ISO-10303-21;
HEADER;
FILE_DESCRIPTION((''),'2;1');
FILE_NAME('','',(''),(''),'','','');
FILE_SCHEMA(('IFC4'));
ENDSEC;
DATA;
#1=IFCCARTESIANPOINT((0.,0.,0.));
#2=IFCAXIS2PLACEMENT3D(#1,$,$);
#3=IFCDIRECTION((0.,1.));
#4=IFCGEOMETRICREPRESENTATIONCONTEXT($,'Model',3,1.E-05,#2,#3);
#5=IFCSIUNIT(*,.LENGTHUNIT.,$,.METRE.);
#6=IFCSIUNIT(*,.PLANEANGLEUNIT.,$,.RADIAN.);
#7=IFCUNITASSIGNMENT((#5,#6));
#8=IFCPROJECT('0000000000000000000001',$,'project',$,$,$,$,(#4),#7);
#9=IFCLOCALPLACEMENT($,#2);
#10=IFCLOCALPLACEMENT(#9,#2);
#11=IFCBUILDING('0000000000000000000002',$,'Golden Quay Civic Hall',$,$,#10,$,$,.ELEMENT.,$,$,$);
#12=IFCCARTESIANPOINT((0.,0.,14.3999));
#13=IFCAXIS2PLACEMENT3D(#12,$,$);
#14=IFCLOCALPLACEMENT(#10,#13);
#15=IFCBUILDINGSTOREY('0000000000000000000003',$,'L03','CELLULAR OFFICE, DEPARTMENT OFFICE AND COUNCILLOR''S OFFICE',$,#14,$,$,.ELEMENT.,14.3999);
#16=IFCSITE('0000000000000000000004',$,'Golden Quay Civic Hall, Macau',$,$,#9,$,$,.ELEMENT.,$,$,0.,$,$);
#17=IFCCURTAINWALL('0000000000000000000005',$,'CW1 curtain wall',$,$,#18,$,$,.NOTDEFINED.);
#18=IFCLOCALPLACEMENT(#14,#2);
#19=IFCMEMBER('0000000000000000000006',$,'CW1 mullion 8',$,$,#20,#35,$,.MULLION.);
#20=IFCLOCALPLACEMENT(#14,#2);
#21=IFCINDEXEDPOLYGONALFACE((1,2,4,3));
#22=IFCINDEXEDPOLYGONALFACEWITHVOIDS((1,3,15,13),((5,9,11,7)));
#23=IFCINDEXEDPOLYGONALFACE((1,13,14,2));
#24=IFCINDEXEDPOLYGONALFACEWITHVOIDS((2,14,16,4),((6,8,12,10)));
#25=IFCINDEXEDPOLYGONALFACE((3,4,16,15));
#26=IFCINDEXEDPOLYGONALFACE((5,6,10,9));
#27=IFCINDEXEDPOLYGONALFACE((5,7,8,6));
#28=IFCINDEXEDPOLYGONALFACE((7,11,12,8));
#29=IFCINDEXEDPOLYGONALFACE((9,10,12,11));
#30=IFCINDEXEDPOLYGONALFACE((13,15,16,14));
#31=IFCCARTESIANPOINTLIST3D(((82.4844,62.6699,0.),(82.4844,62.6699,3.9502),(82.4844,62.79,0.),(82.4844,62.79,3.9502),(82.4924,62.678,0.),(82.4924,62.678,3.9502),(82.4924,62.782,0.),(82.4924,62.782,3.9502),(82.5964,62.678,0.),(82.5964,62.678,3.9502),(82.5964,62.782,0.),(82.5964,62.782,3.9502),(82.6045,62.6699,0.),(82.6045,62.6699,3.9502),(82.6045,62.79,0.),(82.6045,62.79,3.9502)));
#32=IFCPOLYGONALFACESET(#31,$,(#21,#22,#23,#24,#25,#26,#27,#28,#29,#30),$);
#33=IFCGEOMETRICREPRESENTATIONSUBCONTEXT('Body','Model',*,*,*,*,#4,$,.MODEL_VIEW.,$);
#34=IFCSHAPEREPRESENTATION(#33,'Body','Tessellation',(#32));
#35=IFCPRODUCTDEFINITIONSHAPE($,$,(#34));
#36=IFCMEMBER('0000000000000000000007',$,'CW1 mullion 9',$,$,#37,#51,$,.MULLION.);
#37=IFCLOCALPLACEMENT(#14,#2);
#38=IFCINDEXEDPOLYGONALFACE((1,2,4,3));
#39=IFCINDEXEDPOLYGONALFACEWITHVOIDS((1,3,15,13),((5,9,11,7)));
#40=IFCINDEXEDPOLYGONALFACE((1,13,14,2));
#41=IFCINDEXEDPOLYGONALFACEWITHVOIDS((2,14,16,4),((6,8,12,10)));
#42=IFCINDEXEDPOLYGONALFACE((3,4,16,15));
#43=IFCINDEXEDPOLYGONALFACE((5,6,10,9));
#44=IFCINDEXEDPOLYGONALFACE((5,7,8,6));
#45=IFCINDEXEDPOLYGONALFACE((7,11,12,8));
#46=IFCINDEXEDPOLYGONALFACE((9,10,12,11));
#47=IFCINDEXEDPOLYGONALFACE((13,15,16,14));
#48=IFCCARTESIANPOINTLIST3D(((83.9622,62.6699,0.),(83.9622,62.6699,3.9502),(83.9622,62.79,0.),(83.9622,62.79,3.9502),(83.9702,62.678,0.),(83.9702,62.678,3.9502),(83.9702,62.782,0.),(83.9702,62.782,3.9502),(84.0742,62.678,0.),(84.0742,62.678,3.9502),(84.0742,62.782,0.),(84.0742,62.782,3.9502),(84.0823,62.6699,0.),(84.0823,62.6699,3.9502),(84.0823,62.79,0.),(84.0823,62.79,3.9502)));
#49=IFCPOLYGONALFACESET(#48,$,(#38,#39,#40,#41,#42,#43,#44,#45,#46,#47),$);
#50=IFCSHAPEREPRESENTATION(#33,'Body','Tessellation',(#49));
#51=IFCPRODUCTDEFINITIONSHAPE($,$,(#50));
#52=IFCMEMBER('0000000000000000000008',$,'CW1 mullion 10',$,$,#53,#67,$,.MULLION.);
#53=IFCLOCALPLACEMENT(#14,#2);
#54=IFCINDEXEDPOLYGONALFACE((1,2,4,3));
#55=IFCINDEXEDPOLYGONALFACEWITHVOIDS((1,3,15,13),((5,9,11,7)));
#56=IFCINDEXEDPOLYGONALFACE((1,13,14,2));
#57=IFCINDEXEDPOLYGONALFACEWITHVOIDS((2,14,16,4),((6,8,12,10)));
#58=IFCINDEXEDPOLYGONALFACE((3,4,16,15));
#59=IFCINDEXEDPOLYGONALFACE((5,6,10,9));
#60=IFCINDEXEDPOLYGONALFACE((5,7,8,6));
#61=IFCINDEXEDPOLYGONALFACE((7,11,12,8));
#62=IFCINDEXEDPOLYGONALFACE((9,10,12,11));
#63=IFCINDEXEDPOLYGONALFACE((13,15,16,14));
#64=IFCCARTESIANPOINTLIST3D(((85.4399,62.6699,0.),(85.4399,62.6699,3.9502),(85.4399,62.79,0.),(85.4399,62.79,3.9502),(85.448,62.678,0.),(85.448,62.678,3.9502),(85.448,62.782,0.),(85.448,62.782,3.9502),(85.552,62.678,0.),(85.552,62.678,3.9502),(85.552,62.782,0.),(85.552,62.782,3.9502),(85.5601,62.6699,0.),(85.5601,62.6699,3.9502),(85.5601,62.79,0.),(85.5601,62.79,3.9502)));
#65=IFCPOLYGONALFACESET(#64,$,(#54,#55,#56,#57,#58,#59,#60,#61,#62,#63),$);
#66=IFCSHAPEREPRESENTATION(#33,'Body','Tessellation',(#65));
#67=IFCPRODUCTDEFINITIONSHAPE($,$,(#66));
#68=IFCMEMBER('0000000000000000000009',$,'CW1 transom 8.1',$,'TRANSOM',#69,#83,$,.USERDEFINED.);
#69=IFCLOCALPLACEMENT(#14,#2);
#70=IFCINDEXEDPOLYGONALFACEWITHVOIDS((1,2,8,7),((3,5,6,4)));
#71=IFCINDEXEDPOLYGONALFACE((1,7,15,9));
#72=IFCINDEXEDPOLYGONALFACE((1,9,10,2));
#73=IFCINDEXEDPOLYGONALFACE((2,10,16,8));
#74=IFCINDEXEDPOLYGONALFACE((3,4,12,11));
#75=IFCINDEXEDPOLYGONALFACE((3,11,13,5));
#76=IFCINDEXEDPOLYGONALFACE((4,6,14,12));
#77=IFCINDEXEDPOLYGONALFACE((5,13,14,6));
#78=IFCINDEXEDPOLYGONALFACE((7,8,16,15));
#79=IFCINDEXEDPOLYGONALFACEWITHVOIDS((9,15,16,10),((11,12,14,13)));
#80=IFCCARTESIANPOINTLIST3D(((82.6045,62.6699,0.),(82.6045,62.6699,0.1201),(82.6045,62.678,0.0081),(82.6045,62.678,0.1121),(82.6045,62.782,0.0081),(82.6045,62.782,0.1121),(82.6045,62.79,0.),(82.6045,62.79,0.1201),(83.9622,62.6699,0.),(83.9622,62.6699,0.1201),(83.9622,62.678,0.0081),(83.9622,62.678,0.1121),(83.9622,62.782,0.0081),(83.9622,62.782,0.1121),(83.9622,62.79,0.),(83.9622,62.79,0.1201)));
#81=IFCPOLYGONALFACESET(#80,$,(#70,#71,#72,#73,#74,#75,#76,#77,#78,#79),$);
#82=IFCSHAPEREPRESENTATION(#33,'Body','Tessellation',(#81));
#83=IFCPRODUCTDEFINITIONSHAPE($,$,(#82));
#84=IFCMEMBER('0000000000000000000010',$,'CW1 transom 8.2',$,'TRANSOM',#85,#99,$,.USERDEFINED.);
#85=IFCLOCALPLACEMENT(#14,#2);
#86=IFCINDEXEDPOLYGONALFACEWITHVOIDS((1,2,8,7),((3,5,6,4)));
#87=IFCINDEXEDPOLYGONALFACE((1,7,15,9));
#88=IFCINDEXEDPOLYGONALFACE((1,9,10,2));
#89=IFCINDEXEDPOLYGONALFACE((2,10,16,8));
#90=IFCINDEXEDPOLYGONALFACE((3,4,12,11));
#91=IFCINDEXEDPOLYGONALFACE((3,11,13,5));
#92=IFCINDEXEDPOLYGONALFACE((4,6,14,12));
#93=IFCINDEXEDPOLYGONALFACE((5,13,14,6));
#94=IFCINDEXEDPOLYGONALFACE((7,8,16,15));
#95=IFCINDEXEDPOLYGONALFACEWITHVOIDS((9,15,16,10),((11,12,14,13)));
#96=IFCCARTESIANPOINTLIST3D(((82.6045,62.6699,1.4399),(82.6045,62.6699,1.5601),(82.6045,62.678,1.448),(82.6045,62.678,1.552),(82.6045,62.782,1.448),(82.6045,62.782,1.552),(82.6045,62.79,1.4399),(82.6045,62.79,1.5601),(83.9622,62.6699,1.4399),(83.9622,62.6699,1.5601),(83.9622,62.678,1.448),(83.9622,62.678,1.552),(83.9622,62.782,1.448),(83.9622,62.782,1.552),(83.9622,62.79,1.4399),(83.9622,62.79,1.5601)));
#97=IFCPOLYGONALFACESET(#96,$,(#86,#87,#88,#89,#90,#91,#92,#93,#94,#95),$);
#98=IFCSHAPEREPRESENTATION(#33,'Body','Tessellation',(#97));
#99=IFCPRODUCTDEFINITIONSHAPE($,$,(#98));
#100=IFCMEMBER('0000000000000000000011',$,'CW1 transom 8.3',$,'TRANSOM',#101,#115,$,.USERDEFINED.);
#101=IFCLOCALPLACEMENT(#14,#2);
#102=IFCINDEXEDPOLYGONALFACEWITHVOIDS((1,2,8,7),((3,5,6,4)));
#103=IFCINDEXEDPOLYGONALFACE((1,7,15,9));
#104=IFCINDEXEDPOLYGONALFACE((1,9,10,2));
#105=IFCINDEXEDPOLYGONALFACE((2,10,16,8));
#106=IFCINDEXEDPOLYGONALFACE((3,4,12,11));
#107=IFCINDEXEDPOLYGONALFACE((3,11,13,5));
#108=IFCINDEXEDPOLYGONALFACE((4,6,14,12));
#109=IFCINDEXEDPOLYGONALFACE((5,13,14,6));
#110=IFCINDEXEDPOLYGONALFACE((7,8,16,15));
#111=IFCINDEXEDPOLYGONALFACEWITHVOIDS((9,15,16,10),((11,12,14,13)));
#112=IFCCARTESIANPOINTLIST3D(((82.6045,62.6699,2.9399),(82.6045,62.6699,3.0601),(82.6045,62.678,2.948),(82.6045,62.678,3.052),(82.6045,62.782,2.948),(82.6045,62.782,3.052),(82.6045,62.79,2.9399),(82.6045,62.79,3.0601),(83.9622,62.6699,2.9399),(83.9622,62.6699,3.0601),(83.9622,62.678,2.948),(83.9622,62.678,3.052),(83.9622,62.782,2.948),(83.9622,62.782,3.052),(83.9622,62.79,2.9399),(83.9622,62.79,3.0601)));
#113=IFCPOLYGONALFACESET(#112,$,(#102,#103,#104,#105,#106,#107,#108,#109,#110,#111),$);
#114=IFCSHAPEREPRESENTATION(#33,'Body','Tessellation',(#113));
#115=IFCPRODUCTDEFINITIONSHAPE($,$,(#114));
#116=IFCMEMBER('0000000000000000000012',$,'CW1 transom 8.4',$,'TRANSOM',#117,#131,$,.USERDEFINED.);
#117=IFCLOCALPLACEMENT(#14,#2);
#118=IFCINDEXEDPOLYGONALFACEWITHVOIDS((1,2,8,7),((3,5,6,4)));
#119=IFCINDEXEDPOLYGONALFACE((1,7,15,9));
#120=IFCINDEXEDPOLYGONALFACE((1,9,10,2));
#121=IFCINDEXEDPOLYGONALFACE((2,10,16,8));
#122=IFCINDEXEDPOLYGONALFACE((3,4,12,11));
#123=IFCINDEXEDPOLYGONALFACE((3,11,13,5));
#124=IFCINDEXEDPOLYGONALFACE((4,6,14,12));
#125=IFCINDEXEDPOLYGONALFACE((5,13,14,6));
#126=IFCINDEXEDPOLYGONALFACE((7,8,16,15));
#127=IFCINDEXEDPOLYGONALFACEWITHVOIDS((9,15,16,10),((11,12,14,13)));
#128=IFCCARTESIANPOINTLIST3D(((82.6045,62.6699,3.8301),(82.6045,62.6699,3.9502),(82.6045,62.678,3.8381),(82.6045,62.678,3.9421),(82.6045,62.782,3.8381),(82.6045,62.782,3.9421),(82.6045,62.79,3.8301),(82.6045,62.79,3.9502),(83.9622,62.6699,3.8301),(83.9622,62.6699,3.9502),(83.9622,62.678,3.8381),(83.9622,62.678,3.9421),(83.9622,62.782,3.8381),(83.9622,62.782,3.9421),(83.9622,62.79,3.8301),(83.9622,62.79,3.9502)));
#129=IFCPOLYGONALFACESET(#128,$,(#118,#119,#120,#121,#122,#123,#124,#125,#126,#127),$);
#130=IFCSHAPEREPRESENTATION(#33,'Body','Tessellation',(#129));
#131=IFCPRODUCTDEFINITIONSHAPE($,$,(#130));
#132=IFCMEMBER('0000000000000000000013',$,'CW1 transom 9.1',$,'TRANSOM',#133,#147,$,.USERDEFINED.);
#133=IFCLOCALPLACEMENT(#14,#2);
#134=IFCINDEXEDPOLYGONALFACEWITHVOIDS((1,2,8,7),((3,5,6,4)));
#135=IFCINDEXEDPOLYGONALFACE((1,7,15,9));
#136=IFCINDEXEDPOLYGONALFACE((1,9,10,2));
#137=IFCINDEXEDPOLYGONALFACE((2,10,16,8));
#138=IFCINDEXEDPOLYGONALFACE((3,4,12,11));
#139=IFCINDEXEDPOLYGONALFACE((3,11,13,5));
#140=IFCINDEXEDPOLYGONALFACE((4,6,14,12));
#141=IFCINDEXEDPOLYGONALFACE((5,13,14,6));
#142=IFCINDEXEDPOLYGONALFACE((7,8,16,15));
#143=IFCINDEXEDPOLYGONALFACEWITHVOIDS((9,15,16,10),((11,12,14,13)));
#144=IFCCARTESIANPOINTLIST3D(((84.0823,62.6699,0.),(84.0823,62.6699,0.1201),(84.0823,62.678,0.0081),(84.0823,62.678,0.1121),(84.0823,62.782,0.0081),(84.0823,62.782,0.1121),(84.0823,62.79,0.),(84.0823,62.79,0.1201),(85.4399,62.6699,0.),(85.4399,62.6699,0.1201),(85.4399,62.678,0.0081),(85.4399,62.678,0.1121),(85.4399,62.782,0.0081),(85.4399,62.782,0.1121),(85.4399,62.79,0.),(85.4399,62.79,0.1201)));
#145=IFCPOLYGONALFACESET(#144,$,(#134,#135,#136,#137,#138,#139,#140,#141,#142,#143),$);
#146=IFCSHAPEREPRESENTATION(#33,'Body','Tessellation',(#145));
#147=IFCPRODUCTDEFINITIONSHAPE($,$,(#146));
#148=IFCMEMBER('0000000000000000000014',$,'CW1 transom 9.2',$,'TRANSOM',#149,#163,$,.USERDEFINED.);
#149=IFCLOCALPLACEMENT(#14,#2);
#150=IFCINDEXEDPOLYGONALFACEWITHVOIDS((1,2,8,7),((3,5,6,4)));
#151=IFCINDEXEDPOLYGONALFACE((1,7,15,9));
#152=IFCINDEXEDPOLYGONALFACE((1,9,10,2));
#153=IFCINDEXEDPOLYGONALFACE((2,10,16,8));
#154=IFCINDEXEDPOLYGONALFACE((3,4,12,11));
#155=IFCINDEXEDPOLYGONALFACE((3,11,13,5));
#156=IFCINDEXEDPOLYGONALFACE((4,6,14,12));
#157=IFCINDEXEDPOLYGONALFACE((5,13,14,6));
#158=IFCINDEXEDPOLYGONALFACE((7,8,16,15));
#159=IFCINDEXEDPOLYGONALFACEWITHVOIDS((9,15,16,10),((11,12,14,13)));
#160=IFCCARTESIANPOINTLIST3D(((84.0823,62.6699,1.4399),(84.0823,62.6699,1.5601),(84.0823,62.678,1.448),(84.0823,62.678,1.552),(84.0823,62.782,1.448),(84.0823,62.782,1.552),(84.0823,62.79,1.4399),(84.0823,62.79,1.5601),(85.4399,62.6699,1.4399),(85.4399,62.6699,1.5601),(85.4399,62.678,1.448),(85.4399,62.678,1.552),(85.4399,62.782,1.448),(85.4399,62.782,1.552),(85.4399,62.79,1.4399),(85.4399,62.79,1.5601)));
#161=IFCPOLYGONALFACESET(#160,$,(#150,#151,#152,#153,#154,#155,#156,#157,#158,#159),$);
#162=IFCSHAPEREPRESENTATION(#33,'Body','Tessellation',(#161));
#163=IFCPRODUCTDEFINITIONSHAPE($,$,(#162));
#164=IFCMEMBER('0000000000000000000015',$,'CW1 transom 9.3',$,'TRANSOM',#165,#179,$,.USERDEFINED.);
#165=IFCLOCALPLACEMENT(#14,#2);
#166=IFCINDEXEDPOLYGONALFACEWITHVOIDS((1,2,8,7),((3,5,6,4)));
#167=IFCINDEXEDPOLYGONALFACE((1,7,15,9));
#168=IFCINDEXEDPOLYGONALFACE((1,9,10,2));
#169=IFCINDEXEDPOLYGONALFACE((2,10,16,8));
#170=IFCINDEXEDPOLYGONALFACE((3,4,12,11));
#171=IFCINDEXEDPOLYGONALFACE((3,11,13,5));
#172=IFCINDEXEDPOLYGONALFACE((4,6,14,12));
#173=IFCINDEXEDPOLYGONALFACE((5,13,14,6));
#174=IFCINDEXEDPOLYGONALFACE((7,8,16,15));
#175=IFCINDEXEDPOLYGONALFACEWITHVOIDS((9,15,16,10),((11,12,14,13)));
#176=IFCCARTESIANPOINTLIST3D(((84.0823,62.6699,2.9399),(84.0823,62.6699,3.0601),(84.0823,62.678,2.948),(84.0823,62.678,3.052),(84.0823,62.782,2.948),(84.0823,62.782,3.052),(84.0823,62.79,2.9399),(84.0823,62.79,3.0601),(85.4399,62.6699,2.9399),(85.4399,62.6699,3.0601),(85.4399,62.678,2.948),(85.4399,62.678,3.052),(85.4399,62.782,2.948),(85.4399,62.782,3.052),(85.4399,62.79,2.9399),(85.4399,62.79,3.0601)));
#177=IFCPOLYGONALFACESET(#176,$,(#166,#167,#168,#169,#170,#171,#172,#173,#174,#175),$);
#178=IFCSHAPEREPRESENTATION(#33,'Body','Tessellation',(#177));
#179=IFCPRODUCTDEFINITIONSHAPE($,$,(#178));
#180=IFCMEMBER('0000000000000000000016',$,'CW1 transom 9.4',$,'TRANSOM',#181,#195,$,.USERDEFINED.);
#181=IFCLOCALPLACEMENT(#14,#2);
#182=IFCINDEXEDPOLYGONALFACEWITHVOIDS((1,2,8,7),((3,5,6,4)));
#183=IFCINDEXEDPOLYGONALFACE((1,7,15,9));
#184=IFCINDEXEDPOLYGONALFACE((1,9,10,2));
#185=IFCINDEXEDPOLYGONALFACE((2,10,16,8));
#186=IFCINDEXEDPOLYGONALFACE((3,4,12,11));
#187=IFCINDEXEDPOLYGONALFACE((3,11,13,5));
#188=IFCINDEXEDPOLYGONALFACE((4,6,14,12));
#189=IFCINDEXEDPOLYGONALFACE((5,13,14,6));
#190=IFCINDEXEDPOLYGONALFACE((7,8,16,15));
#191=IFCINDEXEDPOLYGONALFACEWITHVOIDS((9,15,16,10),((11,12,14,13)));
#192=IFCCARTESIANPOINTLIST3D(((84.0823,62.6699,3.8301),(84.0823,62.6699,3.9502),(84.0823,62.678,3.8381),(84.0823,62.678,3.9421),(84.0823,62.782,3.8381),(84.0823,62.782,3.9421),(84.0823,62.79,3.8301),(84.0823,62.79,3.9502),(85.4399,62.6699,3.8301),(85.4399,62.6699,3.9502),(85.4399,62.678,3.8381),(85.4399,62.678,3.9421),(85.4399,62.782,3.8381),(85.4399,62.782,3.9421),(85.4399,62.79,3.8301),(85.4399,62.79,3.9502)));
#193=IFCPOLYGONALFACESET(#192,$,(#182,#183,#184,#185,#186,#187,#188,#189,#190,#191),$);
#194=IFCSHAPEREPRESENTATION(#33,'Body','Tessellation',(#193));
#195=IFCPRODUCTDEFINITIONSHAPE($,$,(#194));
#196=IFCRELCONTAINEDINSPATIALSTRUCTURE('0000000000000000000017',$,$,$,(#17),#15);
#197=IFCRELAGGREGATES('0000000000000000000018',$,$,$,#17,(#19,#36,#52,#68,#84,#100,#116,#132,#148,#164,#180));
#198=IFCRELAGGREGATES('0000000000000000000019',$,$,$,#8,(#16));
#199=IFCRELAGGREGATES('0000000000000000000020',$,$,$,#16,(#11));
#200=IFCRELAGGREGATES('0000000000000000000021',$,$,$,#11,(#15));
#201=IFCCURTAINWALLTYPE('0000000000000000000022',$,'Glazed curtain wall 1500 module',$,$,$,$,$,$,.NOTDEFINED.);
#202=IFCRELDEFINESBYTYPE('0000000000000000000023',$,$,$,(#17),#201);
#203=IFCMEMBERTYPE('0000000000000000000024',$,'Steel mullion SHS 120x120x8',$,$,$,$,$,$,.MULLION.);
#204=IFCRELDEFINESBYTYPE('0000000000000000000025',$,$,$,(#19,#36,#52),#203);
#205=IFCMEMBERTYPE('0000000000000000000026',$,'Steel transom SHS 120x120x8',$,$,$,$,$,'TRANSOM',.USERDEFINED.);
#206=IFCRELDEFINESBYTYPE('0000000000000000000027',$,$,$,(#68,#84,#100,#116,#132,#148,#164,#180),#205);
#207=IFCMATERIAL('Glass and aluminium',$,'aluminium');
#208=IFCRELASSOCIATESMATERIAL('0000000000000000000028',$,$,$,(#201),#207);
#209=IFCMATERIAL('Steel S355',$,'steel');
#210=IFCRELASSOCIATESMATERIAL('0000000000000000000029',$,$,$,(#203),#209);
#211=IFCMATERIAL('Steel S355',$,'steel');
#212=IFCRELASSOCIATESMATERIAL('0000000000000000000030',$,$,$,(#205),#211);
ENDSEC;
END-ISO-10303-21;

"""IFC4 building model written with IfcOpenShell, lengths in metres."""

from ifc_helpers import new_model, si_unit, direction, frame, origin, origin_2d, place, context, subcontext, project, spatial, hollow_rectangle, extrude, material, material_profile, profile_set, type_object, element, aggregate, save


model = new_model("IFC4")

# Units and contexts
model_context = context("Model", 3, precision=1e-05, world=origin(), true_north=direction((0.0, 1.0)))
body_context = subcontext(model_context, "Body", "Model", "MODEL_VIEW")
ifc_project = project(units=[si_unit("LENGTHUNIT", "METRE"), si_unit("PLANEANGLEUNIT", "RADIAN")], contexts=[model_context])

# Site, building, storey
site_placement = place(None, origin())
site = spatial("IfcSite", under=ifc_project, at=site_placement, Name="Golden Quay Civic Hall, Macau", CompositionType="ELEMENT", RefElevation=0.0)
building_placement = place(site_placement, origin())
building = spatial("IfcBuilding", under=site, at=building_placement, Name="Golden Quay Civic Hall", CompositionType="ELEMENT")
storey_placement = place(building_placement, frame((0.0, 0.0, 14.3999)))
storey = spatial("IfcBuildingStorey", under=building, at=storey_placement, Name="L03", Description="CELLULAR OFFICE, DEPARTMENT OFFICE AND COUNCILLOR'S OFFICE", CompositionType="ELEMENT", Elevation=14.3999)

# Curtain wall, members
ifc_material_1 = material(Name="Glass and aluminium", Category="aluminium")
curtain_wall_type = type_object("IfcCurtainWallType", Name="Glazed curtain wall 1500 module", PredefinedType="NOTDEFINED", material=ifc_material_1)
curtain_wall_placement = place(storey_placement, origin())
curtain_wall = element("IfcCurtainWall", 1, at=curtain_wall_placement, inside=storey, type_object=curtain_wall_type, Name="CW1 curtain wall", PredefinedType="NOTDEFINED")
ifc_material_2 = material(Name="Steel S355", Category="steel")
ifc_material_profile_1 = material_profile(ifc_material_2, hollow_rectangle(XDim=0.1201, YDim=0.1201, WallThickness=0.0081, at=origin_2d()), Name="SHS 120x120x8")
ifc_profile_set_1 = profile_set([ifc_material_profile_1], Name="Steel S355")
member_type_1 = type_object("IfcMemberType", Name="Steel mullion SHS 120x120x8", PredefinedType="MULLION", material=ifc_profile_set_1)
member_1_placement = place(storey_placement, frame((82.5444, 62.73, 0.0), z_axis=(0.0, 0.0, 1.0), x_axis=(0.0, 1.0, 0.0)))
member_1 = element("IfcMember", 2, at=member_1_placement, type_object=member_type_1, Name="CW1 mullion 8", PredefinedType="MULLION", context=body_context, shape_type="SweptSolid", body=[
    extrude(hollow_rectangle(XDim=0.1201, YDim=0.1201, WallThickness=0.0081, at=origin_2d()), origin(), (0.0, 0.0, 1.0), 3.9502),
])
member_2_placement = place(storey_placement, frame((84.0222, 62.73, 0.0), z_axis=(0.0, 0.0, 1.0), x_axis=(0.0, 1.0, 0.0)))
member_2 = element("IfcMember", 3, at=member_2_placement, type_object=member_type_1, Name="CW1 mullion 9", PredefinedType="MULLION", context=body_context, shape_type="SweptSolid", body=[
    extrude(hollow_rectangle(XDim=0.1201, YDim=0.1201, WallThickness=0.0081, at=origin_2d()), origin(), (0.0, 0.0, 1.0), 3.9502),
])
member_3_placement = place(storey_placement, frame((85.5, 62.73, 0.0), z_axis=(0.0, 0.0, 1.0), x_axis=(0.0, 1.0, 0.0)))
member_3 = element("IfcMember", 4, at=member_3_placement, type_object=member_type_1, Name="CW1 mullion 10", PredefinedType="MULLION", context=body_context, shape_type="SweptSolid", body=[
    extrude(hollow_rectangle(XDim=0.1201, YDim=0.1201, WallThickness=0.0081, at=origin_2d()), origin(), (0.0, 0.0, 1.0), 3.9502),
])
ifc_material_3 = material(Name="Steel S355", Category="steel")
ifc_material_profile_2 = material_profile(ifc_material_3, hollow_rectangle(XDim=0.1201, YDim=0.1201, WallThickness=0.0081, at=origin_2d()), Name="SHS 120x120x8")
ifc_profile_set_2 = profile_set([ifc_material_profile_2], Name="Steel S355")
member_type_2 = type_object("IfcMemberType", Name="Steel transom SHS 120x120x8", ElementType="TRANSOM", PredefinedType="USERDEFINED", material=ifc_profile_set_2)
member_4_placement = place(storey_placement, frame((82.6045, 62.73, 0.0601), z_axis=(1.0, 0.0, 0.0), x_axis=(0.0, 1.0, 0.0)))
member_4 = element("IfcMember", 5, at=member_4_placement, type_object=member_type_2, Name="CW1 transom 8.1", ObjectType="TRANSOM", PredefinedType="USERDEFINED", context=body_context, shape_type="SweptSolid", body=[
    extrude(hollow_rectangle(XDim=0.1201, YDim=0.1201, WallThickness=0.0081, at=origin_2d()), origin(), (0.0, 0.0, 1.0), 1.3577),
])
member_5_placement = place(storey_placement, frame((82.6045, 62.73, 1.5), z_axis=(1.0, 0.0, 0.0), x_axis=(0.0, 1.0, 0.0)))
member_5 = element("IfcMember", 6, at=member_5_placement, type_object=member_type_2, Name="CW1 transom 8.2", ObjectType="TRANSOM", PredefinedType="USERDEFINED", context=body_context, shape_type="SweptSolid", body=[
    extrude(hollow_rectangle(XDim=0.1201, YDim=0.1201, WallThickness=0.0081, at=origin_2d()), origin(), (0.0, 0.0, 1.0), 1.3577),
])
member_6_placement = place(storey_placement, frame((82.6045, 62.73, 3.0), z_axis=(1.0, 0.0, 0.0), x_axis=(0.0, 1.0, 0.0)))
member_6 = element("IfcMember", 7, at=member_6_placement, type_object=member_type_2, Name="CW1 transom 8.3", ObjectType="TRANSOM", PredefinedType="USERDEFINED", context=body_context, shape_type="SweptSolid", body=[
    extrude(hollow_rectangle(XDim=0.1201, YDim=0.1201, WallThickness=0.0081, at=origin_2d()), origin(), (0.0, 0.0, 1.0), 1.3577),
])
member_7_placement = place(storey_placement, frame((82.6045, 62.73, 3.8901), z_axis=(1.0, 0.0, 0.0), x_axis=(0.0, 1.0, 0.0)))
member_7 = element("IfcMember", 8, at=member_7_placement, type_object=member_type_2, Name="CW1 transom 8.4", ObjectType="TRANSOM", PredefinedType="USERDEFINED", context=body_context, shape_type="SweptSolid", body=[
    extrude(hollow_rectangle(XDim=0.1201, YDim=0.1201, WallThickness=0.0081, at=origin_2d()), origin(), (0.0, 0.0, 1.0), 1.3577),
])
member_8_placement = place(storey_placement, frame((84.0823, 62.73, 0.0601), z_axis=(1.0, 0.0, 0.0), x_axis=(0.0, 1.0, 0.0)))
member_8 = element("IfcMember", 9, at=member_8_placement, type_object=member_type_2, Name="CW1 transom 9.1", ObjectType="TRANSOM", PredefinedType="USERDEFINED", context=body_context, shape_type="SweptSolid", body=[
    extrude(hollow_rectangle(XDim=0.1201, YDim=0.1201, WallThickness=0.0081, at=origin_2d()), origin(), (0.0, 0.0, 1.0), 1.3577),
])
member_9_placement = place(storey_placement, frame((84.0823, 62.73, 1.5), z_axis=(1.0, 0.0, 0.0), x_axis=(0.0, 1.0, 0.0)))
member_9 = element("IfcMember", 10, at=member_9_placement, type_object=member_type_2, Name="CW1 transom 9.2", ObjectType="TRANSOM", PredefinedType="USERDEFINED", context=body_context, shape_type="SweptSolid", body=[
    extrude(hollow_rectangle(XDim=0.1201, YDim=0.1201, WallThickness=0.0081, at=origin_2d()), origin(), (0.0, 0.0, 1.0), 1.3577),
])
member_10_placement = place(storey_placement, frame((84.0823, 62.73, 3.0), z_axis=(1.0, 0.0, 0.0), x_axis=(0.0, 1.0, 0.0)))
member_10 = element("IfcMember", 11, at=member_10_placement, type_object=member_type_2, Name="CW1 transom 9.3", ObjectType="TRANSOM", PredefinedType="USERDEFINED", context=body_context, shape_type="SweptSolid", body=[
    extrude(hollow_rectangle(XDim=0.1201, YDim=0.1201, WallThickness=0.0081, at=origin_2d()), origin(), (0.0, 0.0, 1.0), 1.3577),
])
member_11_placement = place(storey_placement, frame((84.0823, 62.73, 3.8901), z_axis=(1.0, 0.0, 0.0), x_axis=(0.0, 1.0, 0.0)))
member_11 = element("IfcMember", 12, at=member_11_placement, type_object=member_type_2, Name="CW1 transom 9.4", ObjectType="TRANSOM", PredefinedType="USERDEFINED", context=body_context, shape_type="SweptSolid", body=[
    extrude(hollow_rectangle(XDim=0.1201, YDim=0.1201, WallThickness=0.0081, at=origin_2d()), origin(), (0.0, 0.0, 1.0), 1.3577),
])
aggregate(curtain_wall, [member_1, member_2, member_3, member_4, member_5, member_6, member_7, member_8, member_9, member_10, member_11])

save(model, "model.ifc")
